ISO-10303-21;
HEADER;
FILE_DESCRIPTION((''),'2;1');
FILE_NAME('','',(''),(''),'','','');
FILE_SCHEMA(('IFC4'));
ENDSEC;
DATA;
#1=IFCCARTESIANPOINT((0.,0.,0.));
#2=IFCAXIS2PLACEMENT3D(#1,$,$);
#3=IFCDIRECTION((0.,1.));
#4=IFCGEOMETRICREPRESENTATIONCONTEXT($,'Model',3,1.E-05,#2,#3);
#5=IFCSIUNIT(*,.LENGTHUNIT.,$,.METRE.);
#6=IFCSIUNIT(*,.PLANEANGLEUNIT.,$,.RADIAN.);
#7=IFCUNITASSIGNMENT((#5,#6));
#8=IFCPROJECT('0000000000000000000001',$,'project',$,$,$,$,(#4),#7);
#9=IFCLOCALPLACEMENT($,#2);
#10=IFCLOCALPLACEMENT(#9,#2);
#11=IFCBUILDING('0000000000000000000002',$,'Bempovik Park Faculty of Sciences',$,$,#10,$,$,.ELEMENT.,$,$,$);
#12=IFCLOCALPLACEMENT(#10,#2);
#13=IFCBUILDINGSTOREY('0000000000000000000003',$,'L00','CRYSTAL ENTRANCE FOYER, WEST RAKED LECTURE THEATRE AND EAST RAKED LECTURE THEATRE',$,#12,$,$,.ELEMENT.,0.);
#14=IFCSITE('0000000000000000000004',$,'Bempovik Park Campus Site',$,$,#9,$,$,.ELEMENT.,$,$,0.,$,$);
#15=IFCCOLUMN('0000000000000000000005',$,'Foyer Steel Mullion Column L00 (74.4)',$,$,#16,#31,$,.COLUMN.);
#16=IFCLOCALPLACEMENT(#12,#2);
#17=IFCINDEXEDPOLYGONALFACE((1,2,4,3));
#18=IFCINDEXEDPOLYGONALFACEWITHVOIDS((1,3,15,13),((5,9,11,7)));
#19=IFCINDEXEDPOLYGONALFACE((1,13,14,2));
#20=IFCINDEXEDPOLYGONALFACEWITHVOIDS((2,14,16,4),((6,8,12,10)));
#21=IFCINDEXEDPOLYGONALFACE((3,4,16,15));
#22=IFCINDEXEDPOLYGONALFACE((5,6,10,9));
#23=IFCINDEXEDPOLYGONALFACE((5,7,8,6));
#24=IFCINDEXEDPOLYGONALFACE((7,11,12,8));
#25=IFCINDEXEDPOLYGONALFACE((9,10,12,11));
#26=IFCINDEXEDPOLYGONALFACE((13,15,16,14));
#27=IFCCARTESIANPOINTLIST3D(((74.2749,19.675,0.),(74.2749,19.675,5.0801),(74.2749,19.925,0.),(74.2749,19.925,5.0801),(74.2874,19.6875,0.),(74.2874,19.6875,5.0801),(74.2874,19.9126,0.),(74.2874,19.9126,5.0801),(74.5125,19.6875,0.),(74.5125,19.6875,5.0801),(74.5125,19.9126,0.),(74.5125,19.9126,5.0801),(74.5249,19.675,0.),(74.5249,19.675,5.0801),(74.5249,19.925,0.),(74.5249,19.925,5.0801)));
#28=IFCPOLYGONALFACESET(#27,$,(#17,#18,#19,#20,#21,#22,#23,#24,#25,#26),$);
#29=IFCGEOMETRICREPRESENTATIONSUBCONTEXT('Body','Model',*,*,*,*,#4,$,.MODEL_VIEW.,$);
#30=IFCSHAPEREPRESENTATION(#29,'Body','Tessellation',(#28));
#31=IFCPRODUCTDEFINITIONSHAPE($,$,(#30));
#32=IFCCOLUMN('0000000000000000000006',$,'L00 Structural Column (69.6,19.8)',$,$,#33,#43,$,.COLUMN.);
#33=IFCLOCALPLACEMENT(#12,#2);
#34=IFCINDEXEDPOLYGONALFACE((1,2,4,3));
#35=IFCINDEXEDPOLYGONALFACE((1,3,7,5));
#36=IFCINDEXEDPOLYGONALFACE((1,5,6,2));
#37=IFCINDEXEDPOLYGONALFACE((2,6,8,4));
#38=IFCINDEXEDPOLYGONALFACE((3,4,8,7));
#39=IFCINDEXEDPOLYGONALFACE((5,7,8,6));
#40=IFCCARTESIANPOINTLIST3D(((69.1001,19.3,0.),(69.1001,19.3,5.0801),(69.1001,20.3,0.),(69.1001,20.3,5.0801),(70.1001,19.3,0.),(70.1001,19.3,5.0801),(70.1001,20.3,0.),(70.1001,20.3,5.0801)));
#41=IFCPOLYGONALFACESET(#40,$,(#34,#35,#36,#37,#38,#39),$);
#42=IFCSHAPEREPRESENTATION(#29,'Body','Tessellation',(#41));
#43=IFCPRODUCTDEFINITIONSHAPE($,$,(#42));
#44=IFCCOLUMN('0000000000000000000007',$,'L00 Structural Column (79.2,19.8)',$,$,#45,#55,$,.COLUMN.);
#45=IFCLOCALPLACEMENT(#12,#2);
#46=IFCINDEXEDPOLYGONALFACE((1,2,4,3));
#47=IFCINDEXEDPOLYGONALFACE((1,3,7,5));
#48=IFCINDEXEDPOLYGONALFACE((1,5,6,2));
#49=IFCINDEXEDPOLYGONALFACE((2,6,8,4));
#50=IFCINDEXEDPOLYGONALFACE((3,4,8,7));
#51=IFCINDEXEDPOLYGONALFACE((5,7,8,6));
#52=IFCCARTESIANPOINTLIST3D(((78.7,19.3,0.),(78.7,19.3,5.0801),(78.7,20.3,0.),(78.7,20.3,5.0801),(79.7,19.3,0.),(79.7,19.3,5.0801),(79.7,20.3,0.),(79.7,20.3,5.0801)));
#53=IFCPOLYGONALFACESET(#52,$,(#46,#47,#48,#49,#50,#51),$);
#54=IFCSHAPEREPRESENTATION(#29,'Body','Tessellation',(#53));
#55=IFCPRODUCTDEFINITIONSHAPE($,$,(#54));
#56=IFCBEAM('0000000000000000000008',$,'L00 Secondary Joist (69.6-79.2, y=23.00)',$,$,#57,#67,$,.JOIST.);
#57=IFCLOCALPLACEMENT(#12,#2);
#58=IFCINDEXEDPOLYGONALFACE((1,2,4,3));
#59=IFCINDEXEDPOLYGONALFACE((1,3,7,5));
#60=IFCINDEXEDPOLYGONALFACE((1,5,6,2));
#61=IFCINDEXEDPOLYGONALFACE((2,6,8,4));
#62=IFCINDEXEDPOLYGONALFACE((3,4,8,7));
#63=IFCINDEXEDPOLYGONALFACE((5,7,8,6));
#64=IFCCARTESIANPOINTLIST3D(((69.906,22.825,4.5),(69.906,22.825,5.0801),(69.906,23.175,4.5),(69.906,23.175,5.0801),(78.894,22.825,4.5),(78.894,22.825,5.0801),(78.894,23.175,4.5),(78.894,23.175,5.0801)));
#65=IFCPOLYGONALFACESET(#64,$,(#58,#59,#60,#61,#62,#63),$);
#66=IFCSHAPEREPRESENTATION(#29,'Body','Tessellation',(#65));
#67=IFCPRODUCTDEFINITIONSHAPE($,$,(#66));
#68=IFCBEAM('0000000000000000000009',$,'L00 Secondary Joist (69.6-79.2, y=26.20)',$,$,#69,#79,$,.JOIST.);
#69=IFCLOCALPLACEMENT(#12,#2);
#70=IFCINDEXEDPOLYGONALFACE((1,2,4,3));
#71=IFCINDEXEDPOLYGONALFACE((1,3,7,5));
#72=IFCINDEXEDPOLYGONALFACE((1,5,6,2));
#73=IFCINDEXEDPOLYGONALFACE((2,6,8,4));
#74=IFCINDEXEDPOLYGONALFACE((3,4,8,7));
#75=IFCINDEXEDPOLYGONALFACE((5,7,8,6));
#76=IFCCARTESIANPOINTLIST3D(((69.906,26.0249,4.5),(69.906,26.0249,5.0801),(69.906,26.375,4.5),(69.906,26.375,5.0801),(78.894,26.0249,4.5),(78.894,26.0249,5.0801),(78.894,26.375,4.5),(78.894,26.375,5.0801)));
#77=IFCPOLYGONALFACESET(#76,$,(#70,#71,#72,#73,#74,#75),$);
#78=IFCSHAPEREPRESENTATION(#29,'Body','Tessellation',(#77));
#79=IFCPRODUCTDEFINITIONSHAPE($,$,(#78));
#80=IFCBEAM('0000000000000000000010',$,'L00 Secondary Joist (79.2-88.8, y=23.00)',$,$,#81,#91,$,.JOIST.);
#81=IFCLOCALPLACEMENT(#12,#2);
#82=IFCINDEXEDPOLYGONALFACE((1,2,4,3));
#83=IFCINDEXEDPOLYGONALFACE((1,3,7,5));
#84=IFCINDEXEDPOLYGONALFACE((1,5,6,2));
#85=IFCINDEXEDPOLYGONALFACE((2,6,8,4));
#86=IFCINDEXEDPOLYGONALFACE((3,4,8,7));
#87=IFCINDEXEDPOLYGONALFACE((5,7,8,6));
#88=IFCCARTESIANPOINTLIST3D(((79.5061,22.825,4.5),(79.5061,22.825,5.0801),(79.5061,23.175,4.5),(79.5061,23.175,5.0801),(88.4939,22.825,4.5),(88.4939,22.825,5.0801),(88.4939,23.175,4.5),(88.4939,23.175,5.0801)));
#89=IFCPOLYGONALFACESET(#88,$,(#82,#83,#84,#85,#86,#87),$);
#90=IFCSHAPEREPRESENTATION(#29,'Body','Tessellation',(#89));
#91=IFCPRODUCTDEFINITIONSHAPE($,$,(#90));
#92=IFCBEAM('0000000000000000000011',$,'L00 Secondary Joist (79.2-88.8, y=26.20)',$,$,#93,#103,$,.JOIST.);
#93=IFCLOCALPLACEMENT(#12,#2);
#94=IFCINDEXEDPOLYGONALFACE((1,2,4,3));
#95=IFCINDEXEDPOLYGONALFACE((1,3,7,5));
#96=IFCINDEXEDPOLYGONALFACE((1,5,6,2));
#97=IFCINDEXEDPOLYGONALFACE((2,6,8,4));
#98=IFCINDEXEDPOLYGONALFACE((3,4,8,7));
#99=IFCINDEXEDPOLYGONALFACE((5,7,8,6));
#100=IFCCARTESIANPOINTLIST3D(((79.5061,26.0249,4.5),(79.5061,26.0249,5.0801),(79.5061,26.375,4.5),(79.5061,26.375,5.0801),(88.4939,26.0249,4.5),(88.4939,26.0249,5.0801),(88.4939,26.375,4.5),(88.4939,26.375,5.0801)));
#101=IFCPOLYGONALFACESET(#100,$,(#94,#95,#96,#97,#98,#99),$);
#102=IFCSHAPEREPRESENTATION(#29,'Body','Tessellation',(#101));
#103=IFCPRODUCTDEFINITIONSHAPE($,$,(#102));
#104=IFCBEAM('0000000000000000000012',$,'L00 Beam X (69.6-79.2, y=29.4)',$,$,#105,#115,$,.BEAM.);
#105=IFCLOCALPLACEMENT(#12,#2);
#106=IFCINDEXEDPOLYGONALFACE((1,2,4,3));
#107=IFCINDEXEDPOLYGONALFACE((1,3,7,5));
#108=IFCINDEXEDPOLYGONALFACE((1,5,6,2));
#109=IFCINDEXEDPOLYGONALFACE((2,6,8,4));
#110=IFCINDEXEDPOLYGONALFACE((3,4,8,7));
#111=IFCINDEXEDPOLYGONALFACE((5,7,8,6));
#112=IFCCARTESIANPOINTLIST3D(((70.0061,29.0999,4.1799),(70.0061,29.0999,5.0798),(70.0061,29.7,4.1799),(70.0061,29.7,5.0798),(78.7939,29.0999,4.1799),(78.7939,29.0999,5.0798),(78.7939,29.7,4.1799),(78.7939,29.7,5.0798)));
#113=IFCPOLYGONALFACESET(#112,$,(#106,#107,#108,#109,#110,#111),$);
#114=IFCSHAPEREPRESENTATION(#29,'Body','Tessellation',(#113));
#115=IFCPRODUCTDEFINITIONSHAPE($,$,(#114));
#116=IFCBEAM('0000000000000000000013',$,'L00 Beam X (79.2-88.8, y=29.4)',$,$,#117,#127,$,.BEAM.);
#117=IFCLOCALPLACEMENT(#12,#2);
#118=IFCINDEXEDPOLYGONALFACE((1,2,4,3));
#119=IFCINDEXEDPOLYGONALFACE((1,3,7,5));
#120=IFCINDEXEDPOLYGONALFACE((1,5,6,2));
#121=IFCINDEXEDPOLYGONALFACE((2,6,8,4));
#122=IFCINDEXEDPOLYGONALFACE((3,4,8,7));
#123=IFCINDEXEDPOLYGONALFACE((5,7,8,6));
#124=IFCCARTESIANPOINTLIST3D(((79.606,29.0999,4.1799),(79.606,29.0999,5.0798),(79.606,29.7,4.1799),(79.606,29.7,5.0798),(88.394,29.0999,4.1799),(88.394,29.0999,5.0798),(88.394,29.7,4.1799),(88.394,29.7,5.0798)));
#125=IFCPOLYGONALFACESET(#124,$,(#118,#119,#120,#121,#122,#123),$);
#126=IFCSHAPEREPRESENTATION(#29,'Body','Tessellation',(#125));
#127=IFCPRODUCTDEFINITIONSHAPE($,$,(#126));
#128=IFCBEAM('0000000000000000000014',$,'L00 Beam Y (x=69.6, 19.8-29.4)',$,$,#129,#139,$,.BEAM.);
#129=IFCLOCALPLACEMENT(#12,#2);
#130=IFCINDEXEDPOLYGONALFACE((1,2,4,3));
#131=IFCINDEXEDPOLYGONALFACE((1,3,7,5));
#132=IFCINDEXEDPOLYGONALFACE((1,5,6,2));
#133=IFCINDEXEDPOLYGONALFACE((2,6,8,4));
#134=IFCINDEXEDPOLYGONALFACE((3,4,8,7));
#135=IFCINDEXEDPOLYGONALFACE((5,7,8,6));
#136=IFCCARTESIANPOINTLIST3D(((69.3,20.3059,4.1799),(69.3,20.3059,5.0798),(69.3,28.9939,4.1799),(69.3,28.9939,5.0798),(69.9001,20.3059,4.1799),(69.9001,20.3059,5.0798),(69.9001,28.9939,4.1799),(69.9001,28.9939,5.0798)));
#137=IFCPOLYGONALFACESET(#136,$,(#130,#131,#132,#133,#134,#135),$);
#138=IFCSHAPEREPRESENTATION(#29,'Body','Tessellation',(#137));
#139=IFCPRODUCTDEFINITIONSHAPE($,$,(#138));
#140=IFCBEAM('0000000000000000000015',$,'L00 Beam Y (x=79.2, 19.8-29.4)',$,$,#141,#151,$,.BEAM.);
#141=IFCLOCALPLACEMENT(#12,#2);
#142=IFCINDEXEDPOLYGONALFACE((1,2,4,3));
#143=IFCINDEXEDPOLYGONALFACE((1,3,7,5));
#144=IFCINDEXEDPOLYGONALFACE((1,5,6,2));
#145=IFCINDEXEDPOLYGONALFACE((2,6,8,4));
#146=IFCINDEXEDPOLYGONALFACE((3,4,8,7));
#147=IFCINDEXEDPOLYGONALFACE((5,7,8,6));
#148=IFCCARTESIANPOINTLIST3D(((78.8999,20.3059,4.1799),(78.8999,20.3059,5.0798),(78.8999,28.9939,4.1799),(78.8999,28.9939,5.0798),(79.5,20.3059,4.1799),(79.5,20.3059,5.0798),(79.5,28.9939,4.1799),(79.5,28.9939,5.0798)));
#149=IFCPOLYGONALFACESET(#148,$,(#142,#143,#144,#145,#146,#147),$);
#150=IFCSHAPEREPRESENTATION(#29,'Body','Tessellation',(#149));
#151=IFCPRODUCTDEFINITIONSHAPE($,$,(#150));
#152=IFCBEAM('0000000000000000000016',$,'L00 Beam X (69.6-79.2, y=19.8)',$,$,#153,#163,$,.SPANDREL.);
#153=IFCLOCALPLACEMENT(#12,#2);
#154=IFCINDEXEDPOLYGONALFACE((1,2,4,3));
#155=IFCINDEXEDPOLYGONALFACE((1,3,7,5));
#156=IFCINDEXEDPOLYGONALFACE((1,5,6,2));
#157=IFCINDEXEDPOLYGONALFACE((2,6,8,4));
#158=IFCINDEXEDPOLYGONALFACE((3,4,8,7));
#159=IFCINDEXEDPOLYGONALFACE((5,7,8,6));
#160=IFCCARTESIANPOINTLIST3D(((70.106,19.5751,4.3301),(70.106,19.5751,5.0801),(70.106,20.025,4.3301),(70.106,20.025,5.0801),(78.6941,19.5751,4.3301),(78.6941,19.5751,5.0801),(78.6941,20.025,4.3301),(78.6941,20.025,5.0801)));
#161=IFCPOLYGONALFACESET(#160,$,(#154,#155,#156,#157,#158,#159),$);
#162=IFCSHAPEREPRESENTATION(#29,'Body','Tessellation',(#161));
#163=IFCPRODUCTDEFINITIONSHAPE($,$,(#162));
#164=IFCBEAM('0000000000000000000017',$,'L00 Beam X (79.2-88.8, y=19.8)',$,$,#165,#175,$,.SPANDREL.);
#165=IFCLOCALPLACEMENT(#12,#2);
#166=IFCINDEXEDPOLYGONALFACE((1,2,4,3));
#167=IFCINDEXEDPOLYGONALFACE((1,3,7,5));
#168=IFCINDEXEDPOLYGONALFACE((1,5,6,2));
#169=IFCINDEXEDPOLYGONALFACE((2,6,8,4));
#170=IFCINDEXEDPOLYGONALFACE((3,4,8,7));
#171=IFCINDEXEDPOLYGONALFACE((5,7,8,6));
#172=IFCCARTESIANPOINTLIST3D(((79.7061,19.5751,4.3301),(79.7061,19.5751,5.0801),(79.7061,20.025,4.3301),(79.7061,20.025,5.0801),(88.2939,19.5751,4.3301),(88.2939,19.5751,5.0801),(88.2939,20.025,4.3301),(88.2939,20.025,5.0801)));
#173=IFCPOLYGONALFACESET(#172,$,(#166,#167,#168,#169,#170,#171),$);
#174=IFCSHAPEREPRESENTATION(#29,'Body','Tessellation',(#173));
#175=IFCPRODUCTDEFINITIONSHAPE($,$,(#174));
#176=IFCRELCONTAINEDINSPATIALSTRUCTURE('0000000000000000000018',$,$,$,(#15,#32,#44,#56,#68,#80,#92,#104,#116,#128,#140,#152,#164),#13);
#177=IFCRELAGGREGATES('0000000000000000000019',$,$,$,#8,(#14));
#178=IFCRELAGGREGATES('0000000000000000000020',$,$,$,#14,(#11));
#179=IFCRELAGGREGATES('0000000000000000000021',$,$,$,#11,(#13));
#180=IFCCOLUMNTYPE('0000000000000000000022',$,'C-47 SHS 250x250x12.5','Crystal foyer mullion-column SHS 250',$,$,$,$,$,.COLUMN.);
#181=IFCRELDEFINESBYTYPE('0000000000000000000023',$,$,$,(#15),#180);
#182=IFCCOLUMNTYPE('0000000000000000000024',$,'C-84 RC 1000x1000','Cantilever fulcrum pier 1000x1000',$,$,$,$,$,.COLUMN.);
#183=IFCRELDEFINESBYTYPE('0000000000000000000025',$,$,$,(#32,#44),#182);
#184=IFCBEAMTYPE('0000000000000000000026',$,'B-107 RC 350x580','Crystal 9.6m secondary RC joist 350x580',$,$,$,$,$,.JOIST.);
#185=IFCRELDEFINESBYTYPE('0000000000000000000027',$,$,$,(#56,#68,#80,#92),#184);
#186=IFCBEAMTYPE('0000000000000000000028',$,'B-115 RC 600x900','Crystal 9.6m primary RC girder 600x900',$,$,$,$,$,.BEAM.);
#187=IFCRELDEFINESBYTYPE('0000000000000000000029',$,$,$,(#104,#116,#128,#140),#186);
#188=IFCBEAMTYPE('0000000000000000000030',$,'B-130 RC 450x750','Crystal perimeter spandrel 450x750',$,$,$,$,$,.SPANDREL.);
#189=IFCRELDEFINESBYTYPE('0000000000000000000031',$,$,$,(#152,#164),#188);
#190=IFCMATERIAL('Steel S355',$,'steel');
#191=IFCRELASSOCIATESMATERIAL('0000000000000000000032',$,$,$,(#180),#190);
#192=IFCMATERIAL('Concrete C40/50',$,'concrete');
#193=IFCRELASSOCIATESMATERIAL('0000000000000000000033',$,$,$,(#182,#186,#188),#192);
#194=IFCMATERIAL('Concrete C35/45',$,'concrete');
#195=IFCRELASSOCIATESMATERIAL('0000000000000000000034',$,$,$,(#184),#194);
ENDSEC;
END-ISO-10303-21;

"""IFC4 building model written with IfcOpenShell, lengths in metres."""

from ifc_helpers import new_model, si_unit, direction, frame, origin, origin_2d, place, context, subcontext, project, spatial, rectangle, hollow_rectangle, extrude, material, material_profile, profile_set, type_object, element, save


model = new_model("IFC4")

# Units and contexts
model_context = context("Model", 3, precision=1e-05, world=origin(), true_north=direction((0.0, 1.0)))
body_context = subcontext(model_context, "Body", "Model", "MODEL_VIEW")
ifc_project = project(units=[si_unit("LENGTHUNIT", "METRE"), si_unit("PLANEANGLEUNIT", "RADIAN")], contexts=[model_context])

# Site, building, storey
site_placement = place(None, origin())
site = spatial("IfcSite", under=ifc_project, at=site_placement, Name="Bempovik Park Campus Site", CompositionType="ELEMENT", RefElevation=0.0)
building_placement = place(site_placement, origin())
building = spatial("IfcBuilding", under=site, at=building_placement, Name="Bempovik Park Faculty of Sciences", CompositionType="ELEMENT")
storey_placement = place(building_placement, origin())
storey = spatial("IfcBuildingStorey", under=building, at=storey_placement, Name="L00", Description="CRYSTAL ENTRANCE FOYER, WEST RAKED LECTURE THEATRE AND EAST RAKED LECTURE THEATRE", CompositionType="ELEMENT", Elevation=0.0)

# Shared definitions
ifc_material_1 = material(Name="Concrete C35/45", Category="concrete")

# Columns
ifc_material_2 = material(Name="Concrete C40/50", Category="concrete")
ifc_material_3 = material(Name="Steel S355", Category="steel")
ifc_material_profile_1 = material_profile(ifc_material_3, hollow_rectangle(XDim=0.25, YDim=0.25, WallThickness=0.0125, at=origin_2d()), Name="SHS 250x250x12.5")
ifc_profile_set_1 = profile_set([ifc_material_profile_1], Name="Steel S355")
column_type_1 = type_object("IfcColumnType", Name="C-47 SHS 250x250x12.5", Description="Crystal foyer mullion-column SHS 250", PredefinedType="COLUMN", material=ifc_profile_set_1)
column_placement = place(storey_placement, frame((74.3999, 19.8, 0.0), z_axis=(0.0, 0.0, 1.0), x_axis=(1.0, 0.0, 0.0)))
element("IfcColumn", 1, at=column_placement, inside=storey, type_object=column_type_1, Name="Foyer Steel Mullion Column L00 (74.4)", PredefinedType="COLUMN", context=body_context, shape_type="SweptSolid", body=[
    extrude(hollow_rectangle(XDim=0.25, YDim=0.25, WallThickness=0.0125, at=origin_2d()), origin(), (0.0, 0.0, 1.0), 5.0801),
])
ifc_material_profile_2 = material_profile(ifc_material_2, rectangle(XDim=1.0, YDim=1.0, at=origin_2d()), Name="RC 1000x1000")
ifc_profile_set_2 = profile_set([ifc_material_profile_2], Name="Concrete C40/50")
column_type_2 = type_object("IfcColumnType", Name="C-84 RC 1000x1000", Description="Cantilever fulcrum pier 1000x1000", PredefinedType="COLUMN", material=ifc_profile_set_2)
for number, where, z_axis, x_axis, name in (
    (2, (69.6001, 19.8, 0.0), (0.0, 0.0, 1.0), (1.0, 0.0, 0.0), "L00 Structural Column (69.6,19.8)"),
    (3, (79.2, 19.8, 0.0), (0.0, 0.0, 1.0), (1.0, 0.0, 0.0), "L00 Structural Column (79.2,19.8)"),
):
    element("IfcColumn", number, at=place(storey_placement, frame(where, z_axis=z_axis, x_axis=x_axis)), inside=storey, type_object=column_type_2, Name=name, PredefinedType="COLUMN", context=body_context, shape_type="SweptSolid", body=[
        extrude(rectangle(XDim=1.0, YDim=1.0, at=origin_2d()), origin(), (0.0, 0.0, 1.0), 5.0801),
    ])

# Beams
ifc_material_profile_3 = material_profile(ifc_material_1, rectangle(XDim=0.3501, YDim=0.5801, at=origin_2d()), Name="RC 350x580")
ifc_profile_set_3 = profile_set([ifc_material_profile_3], Name="Concrete C35/45")
beam_type_1 = type_object("IfcBeamType", Name="B-107 RC 350x580", Description="Crystal 9.6m secondary RC joist 350x580", PredefinedType="JOIST", material=ifc_profile_set_3)
for number, where, z_axis, x_axis, name in (
    (4, (69.906, 23.0, 4.79), (1.0, 0.0, 0.0), (0.0, 1.0, 0.0), "L00 Secondary Joist (69.6-79.2, y=23.00)"),
    (5, (69.906, 26.2, 4.79), (1.0, 0.0, 0.0), (0.0, 1.0, 0.0), "L00 Secondary Joist (69.6-79.2, y=26.20)"),
):
    element("IfcBeam", number, at=place(storey_placement, frame(where, z_axis=z_axis, x_axis=x_axis)), inside=storey, type_object=beam_type_1, Name=name, PredefinedType="JOIST", context=body_context, shape_type="SweptSolid", body=[
        extrude(rectangle(XDim=0.3501, YDim=0.5801, at=origin_2d()), origin(), (0.0, 0.0, 1.0), 8.988),
    ])
for number, where, z_axis, x_axis, name in (
    (6, (79.5061, 23.0, 4.79), (1.0, 0.0, 0.0), (0.0, 1.0, 0.0), "L00 Secondary Joist (79.2-88.8, y=23.00)"),
    (7, (79.5061, 26.2, 4.79), (1.0, 0.0, 0.0), (0.0, 1.0, 0.0), "L00 Secondary Joist (79.2-88.8, y=26.20)"),
):
    element("IfcBeam", number, at=place(storey_placement, frame(where, z_axis=z_axis, x_axis=x_axis)), inside=storey, type_object=beam_type_1, Name=name, PredefinedType="JOIST", context=body_context, shape_type="SweptSolid", body=[
        extrude(rectangle(XDim=0.3501, YDim=0.5801, at=origin_2d()), origin(), (0.0, 0.0, 1.0), 8.9878),
    ])
ifc_material_profile_4 = material_profile(ifc_material_2, rectangle(XDim=0.6001, YDim=0.8999, at=origin_2d()), Name="RC 600x900")
ifc_profile_set_4 = profile_set([ifc_material_profile_4], Name="Concrete C40/50")
beam_type_2 = type_object("IfcBeamType", Name="B-115 RC 600x900", Description="Crystal 9.6m primary RC girder 600x900", PredefinedType="BEAM", material=ifc_profile_set_4)
beam_1_placement = place(storey_placement, frame((70.0061, 29.3999, 4.6299), z_axis=(1.0, 0.0, 0.0), x_axis=(0.0, 1.0, 0.0)))
element("IfcBeam", 8, at=beam_1_placement, inside=storey, type_object=beam_type_2, Name="L00 Beam X (69.6-79.2, y=29.4)", PredefinedType="BEAM", context=body_context, shape_type="SweptSolid", body=[
    extrude(rectangle(XDim=0.6001, YDim=0.8999, at=origin_2d()), origin(), (0.0, 0.0, 1.0), 8.7878),
])
beam_2_placement = place(storey_placement, frame((79.606, 29.3999, 4.6299), z_axis=(1.0, 0.0, 0.0), x_axis=(0.0, 1.0, 0.0)))
element("IfcBeam", 9, at=beam_2_placement, inside=storey, type_object=beam_type_2, Name="L00 Beam X (79.2-88.8, y=29.4)", PredefinedType="BEAM", context=body_context, shape_type="SweptSolid", body=[
    extrude(rectangle(XDim=0.6001, YDim=0.8999, at=origin_2d()), origin(), (0.0, 0.0, 1.0), 8.7881),
])
for number, where, z_axis, x_axis, name in (
    (10, (69.6001, 20.3059, 4.6299), (0.0, 1.0, 0.0), (-1.0, 0.0, 0.0), "L00 Beam Y (x=69.6, 19.8-29.4)"),
    (11, (79.2, 20.3059, 4.6299), (0.0, 1.0, 0.0), (-1.0, 0.0, 0.0), "L00 Beam Y (x=79.2, 19.8-29.4)"),
):
    element("IfcBeam", number, at=place(storey_placement, frame(where, z_axis=z_axis, x_axis=x_axis)), inside=storey, type_object=beam_type_2, Name=name, PredefinedType="BEAM", context=body_context, shape_type="SweptSolid", body=[
        extrude(rectangle(XDim=0.6001, YDim=0.8999, at=origin_2d()), origin(), (0.0, 0.0, 1.0), 8.688),
    ])
ifc_material_profile_5 = material_profile(ifc_material_2, rectangle(XDim=0.45, YDim=0.75, at=origin_2d()), Name="RC 450x750")
ifc_profile_set_5 = profile_set([ifc_material_profile_5], Name="Concrete C40/50")
beam_type_3 = type_object("IfcBeamType", Name="B-130 RC 450x750", Description="Crystal perimeter spandrel 450x750", PredefinedType="SPANDREL", material=ifc_profile_set_5)
beam_3_placement = place(storey_placement, frame((70.106, 19.8, 4.7051), z_axis=(1.0, 0.0, 0.0), x_axis=(0.0, 1.0, 0.0)))
element("IfcBeam", 12, at=beam_3_placement, inside=storey, type_object=beam_type_3, Name="L00 Beam X (69.6-79.2, y=19.8)", PredefinedType="SPANDREL", context=body_context, shape_type="SweptSolid", body=[
    extrude(rectangle(XDim=0.45, YDim=0.75, at=origin_2d()), origin(), (0.0, 0.0, 1.0), 8.5881),
])
beam_4_placement = place(storey_placement, frame((79.7061, 19.8, 4.7051), z_axis=(1.0, 0.0, 0.0), x_axis=(0.0, 1.0, 0.0)))
element("IfcBeam", 13, at=beam_4_placement, inside=storey, type_object=beam_type_3, Name="L00 Beam X (79.2-88.8, y=19.8)", PredefinedType="SPANDREL", context=body_context, shape_type="SweptSolid", body=[
    extrude(rectangle(XDim=0.45, YDim=0.75, at=origin_2d()), origin(), (0.0, 0.0, 1.0), 8.5879),
])

save(model, "model.ifc")
